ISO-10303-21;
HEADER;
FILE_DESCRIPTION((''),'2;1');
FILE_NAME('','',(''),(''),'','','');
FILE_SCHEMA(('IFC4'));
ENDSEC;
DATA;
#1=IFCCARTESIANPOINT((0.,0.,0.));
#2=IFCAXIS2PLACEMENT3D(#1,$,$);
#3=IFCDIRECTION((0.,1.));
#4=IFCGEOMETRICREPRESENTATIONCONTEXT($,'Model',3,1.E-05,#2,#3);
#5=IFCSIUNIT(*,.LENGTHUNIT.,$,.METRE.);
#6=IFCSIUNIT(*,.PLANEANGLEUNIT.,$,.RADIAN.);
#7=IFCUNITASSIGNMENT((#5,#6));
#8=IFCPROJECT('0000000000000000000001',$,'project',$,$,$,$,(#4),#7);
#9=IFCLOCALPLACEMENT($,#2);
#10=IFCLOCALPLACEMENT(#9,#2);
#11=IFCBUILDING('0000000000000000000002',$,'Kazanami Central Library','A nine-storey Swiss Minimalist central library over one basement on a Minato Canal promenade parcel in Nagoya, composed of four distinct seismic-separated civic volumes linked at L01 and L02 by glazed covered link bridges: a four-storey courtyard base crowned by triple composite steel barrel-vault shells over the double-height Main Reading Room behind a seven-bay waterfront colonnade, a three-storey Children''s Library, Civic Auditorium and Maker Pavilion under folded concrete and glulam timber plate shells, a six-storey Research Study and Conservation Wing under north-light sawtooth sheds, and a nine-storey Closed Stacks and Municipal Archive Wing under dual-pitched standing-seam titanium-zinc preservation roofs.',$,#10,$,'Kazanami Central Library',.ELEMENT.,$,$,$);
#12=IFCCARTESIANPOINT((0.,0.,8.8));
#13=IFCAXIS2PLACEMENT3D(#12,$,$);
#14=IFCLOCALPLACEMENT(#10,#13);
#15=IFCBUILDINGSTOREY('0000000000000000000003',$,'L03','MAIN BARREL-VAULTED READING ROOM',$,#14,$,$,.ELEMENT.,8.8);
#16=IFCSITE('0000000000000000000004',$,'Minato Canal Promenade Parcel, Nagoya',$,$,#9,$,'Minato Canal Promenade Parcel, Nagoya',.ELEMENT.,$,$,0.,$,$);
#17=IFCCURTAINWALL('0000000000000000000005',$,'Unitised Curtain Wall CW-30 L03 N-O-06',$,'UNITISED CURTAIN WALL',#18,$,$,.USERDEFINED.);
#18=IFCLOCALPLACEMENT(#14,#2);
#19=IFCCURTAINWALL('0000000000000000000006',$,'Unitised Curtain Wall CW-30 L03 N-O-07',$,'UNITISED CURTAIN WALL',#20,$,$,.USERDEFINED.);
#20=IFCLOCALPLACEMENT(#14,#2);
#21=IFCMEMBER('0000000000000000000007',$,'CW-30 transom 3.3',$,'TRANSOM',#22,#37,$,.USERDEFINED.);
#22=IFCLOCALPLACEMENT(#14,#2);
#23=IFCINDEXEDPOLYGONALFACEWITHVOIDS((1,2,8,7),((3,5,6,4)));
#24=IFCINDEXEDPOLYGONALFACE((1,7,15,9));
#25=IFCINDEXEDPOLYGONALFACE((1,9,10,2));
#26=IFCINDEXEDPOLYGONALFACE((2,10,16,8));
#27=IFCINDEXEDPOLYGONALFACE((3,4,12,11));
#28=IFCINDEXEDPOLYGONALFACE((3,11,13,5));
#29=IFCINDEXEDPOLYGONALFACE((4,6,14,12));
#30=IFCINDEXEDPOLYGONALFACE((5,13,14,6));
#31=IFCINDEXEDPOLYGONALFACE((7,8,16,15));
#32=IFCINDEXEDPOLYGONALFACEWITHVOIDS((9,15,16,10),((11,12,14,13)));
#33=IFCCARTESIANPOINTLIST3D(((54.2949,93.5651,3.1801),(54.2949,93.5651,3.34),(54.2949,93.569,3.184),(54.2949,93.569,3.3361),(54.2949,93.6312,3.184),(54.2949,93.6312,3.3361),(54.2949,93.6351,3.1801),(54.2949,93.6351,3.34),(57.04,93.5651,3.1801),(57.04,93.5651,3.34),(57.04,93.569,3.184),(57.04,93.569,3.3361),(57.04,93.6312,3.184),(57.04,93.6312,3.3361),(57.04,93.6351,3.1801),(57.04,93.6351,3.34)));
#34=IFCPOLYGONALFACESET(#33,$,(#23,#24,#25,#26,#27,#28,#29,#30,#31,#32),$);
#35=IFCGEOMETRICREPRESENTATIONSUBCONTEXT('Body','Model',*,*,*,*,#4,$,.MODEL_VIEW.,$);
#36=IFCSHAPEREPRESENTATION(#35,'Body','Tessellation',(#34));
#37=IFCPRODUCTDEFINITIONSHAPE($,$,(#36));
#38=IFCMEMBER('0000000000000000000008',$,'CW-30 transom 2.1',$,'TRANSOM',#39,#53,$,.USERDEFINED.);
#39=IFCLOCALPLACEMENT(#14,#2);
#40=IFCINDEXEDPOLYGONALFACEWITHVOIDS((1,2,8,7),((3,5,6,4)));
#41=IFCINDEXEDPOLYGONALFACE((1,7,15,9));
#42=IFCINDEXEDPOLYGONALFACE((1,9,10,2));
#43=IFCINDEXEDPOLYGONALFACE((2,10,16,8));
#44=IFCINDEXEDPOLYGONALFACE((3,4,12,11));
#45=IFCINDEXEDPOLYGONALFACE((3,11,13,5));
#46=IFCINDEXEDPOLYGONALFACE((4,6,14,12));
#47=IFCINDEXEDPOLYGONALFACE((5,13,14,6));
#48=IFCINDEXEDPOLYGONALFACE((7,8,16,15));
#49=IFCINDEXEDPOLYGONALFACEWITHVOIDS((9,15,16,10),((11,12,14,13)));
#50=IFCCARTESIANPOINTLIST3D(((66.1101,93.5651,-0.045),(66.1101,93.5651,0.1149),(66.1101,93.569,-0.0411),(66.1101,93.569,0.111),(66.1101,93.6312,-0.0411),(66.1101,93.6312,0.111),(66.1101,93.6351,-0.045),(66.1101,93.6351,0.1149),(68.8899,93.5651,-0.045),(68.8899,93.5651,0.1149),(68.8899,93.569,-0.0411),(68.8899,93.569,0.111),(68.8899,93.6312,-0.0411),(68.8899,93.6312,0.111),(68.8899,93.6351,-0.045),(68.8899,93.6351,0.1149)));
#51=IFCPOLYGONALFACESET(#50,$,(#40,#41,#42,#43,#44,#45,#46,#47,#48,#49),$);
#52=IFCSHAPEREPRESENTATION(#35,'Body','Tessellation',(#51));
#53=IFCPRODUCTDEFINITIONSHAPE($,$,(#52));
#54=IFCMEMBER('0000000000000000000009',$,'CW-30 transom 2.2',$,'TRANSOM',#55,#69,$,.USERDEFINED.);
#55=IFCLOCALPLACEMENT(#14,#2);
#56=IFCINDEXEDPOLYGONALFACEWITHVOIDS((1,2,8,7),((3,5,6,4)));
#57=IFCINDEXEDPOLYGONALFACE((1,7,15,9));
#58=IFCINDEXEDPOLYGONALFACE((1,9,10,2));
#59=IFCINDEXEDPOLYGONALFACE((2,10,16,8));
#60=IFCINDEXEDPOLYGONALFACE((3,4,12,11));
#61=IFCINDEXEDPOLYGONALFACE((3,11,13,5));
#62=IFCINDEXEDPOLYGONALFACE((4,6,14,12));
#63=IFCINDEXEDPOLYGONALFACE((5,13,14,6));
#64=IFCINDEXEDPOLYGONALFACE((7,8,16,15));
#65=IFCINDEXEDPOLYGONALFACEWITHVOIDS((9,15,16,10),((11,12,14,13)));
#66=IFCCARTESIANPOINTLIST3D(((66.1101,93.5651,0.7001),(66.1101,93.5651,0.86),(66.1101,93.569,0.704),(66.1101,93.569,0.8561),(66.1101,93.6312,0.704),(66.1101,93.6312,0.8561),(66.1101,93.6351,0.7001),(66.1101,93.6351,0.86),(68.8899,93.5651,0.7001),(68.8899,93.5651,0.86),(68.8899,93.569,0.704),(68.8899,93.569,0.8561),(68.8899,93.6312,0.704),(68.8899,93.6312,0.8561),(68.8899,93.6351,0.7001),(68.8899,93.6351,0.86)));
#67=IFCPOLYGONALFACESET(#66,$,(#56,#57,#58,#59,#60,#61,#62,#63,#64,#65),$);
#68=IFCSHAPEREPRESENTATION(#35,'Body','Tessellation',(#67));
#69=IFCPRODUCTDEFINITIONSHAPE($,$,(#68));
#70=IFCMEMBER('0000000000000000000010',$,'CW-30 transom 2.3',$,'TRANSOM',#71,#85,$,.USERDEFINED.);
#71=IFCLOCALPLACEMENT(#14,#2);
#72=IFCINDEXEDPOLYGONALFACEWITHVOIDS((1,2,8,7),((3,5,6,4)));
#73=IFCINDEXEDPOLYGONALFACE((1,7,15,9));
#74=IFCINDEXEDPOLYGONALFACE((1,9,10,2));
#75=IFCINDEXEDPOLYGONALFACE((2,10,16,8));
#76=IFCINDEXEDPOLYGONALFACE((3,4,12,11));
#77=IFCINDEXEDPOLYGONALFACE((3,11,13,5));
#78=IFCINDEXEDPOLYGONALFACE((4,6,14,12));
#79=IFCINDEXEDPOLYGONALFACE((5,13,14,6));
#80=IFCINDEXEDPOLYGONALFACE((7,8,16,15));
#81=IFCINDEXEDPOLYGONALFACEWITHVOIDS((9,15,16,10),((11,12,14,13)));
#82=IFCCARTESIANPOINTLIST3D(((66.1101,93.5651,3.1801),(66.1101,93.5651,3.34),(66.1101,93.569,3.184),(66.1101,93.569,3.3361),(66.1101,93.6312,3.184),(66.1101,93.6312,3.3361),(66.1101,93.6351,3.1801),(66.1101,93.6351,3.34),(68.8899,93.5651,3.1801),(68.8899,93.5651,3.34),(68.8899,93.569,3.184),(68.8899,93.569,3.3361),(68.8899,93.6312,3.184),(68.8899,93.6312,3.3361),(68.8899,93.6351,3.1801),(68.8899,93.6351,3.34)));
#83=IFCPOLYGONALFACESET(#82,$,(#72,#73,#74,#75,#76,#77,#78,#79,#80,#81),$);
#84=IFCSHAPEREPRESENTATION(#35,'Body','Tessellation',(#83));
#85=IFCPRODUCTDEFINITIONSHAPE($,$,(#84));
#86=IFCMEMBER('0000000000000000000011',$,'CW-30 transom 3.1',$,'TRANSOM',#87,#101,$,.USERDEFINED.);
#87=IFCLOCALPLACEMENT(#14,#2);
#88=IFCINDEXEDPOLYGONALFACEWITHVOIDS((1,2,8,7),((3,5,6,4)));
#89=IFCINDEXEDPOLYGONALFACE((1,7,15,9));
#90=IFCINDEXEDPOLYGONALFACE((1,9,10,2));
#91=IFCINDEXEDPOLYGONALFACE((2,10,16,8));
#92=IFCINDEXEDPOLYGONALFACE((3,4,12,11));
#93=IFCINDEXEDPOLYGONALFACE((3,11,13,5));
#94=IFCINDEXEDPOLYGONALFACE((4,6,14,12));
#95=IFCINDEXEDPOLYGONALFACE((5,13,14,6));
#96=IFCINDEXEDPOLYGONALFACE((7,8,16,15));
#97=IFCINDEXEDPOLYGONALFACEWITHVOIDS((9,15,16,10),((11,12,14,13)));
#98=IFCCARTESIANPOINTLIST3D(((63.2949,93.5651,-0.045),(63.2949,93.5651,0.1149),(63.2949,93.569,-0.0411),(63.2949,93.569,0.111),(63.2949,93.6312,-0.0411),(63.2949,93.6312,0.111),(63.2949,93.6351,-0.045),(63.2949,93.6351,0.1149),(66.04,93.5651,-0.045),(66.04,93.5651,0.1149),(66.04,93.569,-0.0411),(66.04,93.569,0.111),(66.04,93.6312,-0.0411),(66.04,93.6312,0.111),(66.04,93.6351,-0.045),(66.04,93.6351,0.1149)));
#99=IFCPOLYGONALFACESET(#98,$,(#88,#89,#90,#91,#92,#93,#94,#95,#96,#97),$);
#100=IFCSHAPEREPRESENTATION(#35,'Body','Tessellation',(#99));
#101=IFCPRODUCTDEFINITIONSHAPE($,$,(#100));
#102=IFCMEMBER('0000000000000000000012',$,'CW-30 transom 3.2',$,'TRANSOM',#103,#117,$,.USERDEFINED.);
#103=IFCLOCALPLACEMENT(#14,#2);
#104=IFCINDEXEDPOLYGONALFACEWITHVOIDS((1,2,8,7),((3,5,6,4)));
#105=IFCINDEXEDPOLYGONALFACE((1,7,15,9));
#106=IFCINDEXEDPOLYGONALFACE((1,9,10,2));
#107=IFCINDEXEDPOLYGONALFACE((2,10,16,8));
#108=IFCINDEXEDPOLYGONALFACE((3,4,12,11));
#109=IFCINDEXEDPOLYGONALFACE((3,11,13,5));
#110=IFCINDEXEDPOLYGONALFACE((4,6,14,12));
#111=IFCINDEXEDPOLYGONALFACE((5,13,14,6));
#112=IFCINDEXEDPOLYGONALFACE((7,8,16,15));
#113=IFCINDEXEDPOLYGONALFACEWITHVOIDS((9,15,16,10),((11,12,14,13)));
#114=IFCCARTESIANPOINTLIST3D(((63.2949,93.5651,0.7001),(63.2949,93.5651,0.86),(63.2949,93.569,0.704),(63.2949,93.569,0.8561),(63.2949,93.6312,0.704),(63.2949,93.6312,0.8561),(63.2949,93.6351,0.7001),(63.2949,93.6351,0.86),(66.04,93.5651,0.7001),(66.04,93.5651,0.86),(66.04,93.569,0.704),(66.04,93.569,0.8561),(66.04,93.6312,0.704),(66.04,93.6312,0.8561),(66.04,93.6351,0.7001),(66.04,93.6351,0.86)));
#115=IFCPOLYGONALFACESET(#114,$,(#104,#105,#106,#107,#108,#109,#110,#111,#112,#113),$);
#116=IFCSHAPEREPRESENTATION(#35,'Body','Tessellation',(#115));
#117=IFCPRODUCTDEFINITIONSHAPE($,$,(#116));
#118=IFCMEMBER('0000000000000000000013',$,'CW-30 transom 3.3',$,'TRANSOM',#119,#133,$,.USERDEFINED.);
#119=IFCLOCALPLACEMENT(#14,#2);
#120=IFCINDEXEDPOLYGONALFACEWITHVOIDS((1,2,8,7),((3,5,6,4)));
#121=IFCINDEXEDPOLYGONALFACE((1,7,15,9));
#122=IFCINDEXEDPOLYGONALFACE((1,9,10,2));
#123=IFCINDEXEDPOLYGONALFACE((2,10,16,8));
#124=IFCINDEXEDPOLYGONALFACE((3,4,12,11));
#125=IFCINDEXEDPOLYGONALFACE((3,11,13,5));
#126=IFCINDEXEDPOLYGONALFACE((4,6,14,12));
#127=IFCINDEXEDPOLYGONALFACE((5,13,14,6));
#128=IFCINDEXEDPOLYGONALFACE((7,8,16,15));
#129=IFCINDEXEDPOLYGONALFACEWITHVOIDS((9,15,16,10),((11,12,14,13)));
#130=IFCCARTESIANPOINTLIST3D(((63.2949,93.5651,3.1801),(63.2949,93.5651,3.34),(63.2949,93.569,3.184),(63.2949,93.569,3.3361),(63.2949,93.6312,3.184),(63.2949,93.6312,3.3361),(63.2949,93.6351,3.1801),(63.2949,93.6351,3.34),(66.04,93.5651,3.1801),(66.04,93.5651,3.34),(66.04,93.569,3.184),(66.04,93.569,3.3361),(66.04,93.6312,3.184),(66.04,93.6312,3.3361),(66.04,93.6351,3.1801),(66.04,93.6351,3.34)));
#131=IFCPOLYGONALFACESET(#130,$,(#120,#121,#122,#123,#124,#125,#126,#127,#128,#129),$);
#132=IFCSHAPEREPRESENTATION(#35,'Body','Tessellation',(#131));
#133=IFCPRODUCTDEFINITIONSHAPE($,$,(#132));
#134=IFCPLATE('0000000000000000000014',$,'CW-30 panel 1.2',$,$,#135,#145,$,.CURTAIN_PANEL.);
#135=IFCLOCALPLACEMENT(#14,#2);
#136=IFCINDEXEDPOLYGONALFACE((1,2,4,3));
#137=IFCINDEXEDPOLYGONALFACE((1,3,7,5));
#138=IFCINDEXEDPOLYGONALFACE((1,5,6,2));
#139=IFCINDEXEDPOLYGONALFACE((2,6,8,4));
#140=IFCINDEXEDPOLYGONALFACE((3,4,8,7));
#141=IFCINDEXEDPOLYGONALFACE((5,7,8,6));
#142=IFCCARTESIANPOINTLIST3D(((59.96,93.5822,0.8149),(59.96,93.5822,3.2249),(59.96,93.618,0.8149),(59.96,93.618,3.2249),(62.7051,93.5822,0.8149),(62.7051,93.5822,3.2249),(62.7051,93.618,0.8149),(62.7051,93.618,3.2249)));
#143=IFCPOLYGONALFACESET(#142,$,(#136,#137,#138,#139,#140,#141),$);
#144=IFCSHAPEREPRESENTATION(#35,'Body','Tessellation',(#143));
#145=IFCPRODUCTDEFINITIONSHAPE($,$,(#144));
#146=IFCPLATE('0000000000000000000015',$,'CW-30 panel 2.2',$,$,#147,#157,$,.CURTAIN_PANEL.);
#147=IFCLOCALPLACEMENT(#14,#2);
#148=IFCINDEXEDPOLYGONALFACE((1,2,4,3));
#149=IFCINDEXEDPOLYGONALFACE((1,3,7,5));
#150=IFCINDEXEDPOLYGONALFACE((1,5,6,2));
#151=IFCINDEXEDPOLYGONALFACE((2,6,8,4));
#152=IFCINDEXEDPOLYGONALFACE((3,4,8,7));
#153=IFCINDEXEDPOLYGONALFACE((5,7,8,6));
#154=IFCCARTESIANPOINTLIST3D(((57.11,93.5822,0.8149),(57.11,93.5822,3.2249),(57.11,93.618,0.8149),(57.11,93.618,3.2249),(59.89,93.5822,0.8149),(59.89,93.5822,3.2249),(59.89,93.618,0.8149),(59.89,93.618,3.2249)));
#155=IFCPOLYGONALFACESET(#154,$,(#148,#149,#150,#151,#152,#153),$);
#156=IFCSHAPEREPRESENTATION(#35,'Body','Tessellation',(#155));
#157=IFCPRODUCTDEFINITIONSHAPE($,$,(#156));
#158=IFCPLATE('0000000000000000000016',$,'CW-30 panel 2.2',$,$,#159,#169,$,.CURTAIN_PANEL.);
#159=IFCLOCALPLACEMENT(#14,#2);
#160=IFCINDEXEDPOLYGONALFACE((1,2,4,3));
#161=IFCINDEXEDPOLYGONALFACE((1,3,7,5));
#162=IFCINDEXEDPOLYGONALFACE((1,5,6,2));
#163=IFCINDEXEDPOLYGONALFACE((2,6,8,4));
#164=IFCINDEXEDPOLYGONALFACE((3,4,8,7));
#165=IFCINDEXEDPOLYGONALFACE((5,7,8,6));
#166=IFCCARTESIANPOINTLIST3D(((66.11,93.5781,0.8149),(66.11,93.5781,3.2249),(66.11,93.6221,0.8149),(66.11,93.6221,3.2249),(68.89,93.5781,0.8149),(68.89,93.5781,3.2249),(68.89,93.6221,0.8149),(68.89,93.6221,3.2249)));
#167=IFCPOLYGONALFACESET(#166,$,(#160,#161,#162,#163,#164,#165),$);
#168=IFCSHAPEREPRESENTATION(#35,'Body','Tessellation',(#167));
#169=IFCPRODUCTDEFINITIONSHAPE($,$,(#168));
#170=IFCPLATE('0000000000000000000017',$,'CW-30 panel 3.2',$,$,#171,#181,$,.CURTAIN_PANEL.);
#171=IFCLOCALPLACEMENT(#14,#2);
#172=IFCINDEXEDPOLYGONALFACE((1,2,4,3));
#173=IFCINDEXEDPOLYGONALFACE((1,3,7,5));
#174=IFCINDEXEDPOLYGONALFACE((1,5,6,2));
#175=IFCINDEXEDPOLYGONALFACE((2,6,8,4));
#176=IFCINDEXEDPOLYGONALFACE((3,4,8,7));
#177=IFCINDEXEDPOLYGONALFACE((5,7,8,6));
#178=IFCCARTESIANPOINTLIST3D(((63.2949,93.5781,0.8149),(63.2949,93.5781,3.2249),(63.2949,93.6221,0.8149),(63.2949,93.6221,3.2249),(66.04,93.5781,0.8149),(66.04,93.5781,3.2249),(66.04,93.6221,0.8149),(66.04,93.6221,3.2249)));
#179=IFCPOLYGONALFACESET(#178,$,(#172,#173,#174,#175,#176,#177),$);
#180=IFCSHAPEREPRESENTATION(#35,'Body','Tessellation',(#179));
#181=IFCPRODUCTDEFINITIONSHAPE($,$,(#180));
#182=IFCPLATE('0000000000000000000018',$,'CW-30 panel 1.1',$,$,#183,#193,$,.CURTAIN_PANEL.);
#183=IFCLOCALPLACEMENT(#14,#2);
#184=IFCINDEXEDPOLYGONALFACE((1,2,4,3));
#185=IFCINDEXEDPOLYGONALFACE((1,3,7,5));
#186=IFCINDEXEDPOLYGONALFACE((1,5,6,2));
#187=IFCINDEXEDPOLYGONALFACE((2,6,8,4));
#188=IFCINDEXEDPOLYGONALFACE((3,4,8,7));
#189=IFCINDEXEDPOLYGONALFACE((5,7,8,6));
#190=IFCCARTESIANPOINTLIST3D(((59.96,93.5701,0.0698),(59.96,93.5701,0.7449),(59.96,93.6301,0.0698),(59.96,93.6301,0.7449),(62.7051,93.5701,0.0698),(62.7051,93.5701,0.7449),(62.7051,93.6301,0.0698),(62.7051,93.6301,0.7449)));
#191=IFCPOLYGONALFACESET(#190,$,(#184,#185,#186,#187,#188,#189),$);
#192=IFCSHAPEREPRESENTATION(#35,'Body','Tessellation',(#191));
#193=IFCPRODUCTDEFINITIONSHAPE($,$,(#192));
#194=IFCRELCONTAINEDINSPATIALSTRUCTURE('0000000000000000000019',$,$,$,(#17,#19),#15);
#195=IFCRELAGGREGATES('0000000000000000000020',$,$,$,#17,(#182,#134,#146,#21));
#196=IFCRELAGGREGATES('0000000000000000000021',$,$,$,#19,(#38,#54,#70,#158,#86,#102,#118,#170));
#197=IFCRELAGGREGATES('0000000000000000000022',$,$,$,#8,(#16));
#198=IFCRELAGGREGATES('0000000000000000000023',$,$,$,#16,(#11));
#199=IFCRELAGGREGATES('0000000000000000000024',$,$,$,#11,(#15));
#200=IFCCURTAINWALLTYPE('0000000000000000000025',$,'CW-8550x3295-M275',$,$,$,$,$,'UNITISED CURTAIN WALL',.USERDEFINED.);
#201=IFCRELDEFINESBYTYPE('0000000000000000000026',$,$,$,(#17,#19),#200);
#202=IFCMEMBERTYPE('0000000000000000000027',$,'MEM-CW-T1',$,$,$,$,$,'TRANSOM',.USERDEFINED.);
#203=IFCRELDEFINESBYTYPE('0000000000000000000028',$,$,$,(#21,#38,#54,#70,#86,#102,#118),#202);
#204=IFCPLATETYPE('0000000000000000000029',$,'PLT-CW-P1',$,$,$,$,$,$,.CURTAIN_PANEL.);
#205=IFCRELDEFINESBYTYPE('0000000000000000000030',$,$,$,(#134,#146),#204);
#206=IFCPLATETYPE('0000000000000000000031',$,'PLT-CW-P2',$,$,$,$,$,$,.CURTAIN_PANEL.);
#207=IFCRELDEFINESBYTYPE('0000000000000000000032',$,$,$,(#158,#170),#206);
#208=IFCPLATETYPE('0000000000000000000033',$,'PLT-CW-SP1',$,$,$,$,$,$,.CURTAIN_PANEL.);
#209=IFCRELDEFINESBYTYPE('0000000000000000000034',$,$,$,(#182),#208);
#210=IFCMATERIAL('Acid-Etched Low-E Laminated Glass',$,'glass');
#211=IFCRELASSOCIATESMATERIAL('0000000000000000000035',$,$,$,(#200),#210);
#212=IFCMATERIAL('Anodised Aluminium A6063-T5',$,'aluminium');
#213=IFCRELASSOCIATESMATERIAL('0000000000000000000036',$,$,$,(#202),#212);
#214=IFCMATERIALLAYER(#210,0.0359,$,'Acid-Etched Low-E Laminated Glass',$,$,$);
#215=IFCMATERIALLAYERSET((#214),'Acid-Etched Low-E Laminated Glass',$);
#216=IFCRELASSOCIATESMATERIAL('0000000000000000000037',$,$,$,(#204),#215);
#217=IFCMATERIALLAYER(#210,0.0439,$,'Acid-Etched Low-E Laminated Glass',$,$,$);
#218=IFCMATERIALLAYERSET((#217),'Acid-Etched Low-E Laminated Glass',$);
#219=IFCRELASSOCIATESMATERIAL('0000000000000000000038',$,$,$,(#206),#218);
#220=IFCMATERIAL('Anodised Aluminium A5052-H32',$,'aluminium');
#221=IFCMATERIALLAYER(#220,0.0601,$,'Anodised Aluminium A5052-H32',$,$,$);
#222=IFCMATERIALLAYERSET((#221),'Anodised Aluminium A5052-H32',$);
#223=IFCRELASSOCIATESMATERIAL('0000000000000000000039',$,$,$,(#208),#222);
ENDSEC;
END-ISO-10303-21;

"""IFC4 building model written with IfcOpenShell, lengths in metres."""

from ifc_helpers import new_model, si_unit, direction, frame, origin, origin_2d, place, context, subcontext, project, spatial, rectangle, hollow_rectangle, extrude, material, layer, layer_set, material_profile, profile_set, type_object, element, aggregate, save


model = new_model("IFC4")

# Units and contexts
model_context = context("Model", 3, precision=1e-05, world=origin(), true_north=direction((0.0, 1.0)))
body_context = subcontext(model_context, "Body", "Model", "MODEL_VIEW")
ifc_project = project(units=[si_unit("LENGTHUNIT", "METRE"), si_unit("PLANEANGLEUNIT", "RADIAN")], contexts=[model_context])

# Site, building, storey
site_placement = place(None, origin())
site = spatial("IfcSite", under=ifc_project, at=site_placement, Name="Minato Canal Promenade Parcel, Nagoya", LongName="Minato Canal Promenade Parcel, Nagoya", CompositionType="ELEMENT", RefElevation=0.0)
building_placement = place(site_placement, origin())
building = spatial("IfcBuilding", under=site, at=building_placement, Name="Kazanami Central Library", Description="A nine-storey Swiss Minimalist central library over one basement on a Minato Canal promenade parcel in Nagoya, composed of four distinct seismic-separated civic volumes linked at L01 and L02 by glazed covered link bridges: a four-storey courtyard base crowned by triple composite steel barrel-vault shells over the double-height Main Reading Room behind a seven-bay waterfront colonnade, a three-storey Children's Library, Civic Auditorium and Maker Pavilion under folded concrete and glulam timber plate shells, a six-storey Research Study and Conservation Wing under north-light sawtooth sheds, and a nine-storey Closed Stacks and Municipal Archive Wing under dual-pitched standing-seam titanium-zinc preservation roofs.", LongName="Kazanami Central Library", CompositionType="ELEMENT")
storey_placement = place(building_placement, frame((0.0, 0.0, 8.8)))
storey = spatial("IfcBuildingStorey", under=building, at=storey_placement, Name="L03", Description="MAIN BARREL-VAULTED READING ROOM", CompositionType="ELEMENT", Elevation=8.8)

# Curtain walls
ifc_material_1 = material(Name="Acid-Etched Low-E Laminated Glass", Category="glass")
curtain_wall_type = type_object("IfcCurtainWallType", Name="CW-8550x3295-M275", ElementType="UNITISED CURTAIN WALL", PredefinedType="USERDEFINED", material=ifc_material_1)
curtain_wall_1_placement = place(storey_placement, origin())
curtain_wall_1 = element("IfcCurtainWall", 1, at=curtain_wall_1_placement, inside=storey, type_object=curtain_wall_type, Name="Unitised Curtain Wall CW-30 L03 N-O-06", ObjectType="UNITISED CURTAIN WALL", PredefinedType="USERDEFINED")
ifc_material_2 = material(Name="Anodised Aluminium A6063-T5", Category="aluminium")
curtain_wall_2_placement = place(storey_placement, origin())
curtain_wall_2 = element("IfcCurtainWall", 2, at=curtain_wall_2_placement, inside=storey, type_object=curtain_wall_type, Name="Unitised Curtain Wall CW-30 L03 N-O-07", ObjectType="UNITISED CURTAIN WALL", PredefinedType="USERDEFINED")

# Members
ifc_material_profile_1 = material_profile(ifc_material_2, hollow_rectangle(XDim=0.0701, YDim=0.1599, WallThickness=0.0039, at=origin_2d()), Name="ALU-TRAN-70x160x4")
ifc_profile_set_1 = profile_set([ifc_material_profile_1], Name="Anodised Aluminium A6063-T5")
member_type_1 = type_object("IfcMemberType", Name="MEM-CW-T1", ElementType="TRANSOM", PredefinedType="USERDEFINED", material=ifc_profile_set_1)
member_1_placement = place(storey_placement, frame((57.04, 93.6001, 3.26), z_axis=(-1.0, 0.0, 0.0), x_axis=(0.0, -1.0, 0.0)))
member_1 = element("IfcMember", 3, at=member_1_placement, type_object=member_type_1, Name="CW-30 transom 3.3", ObjectType="TRANSOM", PredefinedType="USERDEFINED", context=body_context, shape_type="SweptSolid", body=[
    extrude(hollow_rectangle(XDim=0.0701, YDim=0.1599, WallThickness=0.0039, at=origin_2d()), origin(), (0.0, 0.0, 1.0), 2.7451),
])
member_2_placement = place(storey_placement, frame((68.8899, 93.6001, 0.0349), z_axis=(-1.0, 0.0, 0.0), x_axis=(0.0, -1.0, 0.0)))
member_2 = element("IfcMember", 4, at=member_2_placement, type_object=member_type_1, Name="CW-30 transom 2.1", ObjectType="TRANSOM", PredefinedType="USERDEFINED", context=body_context, shape_type="SweptSolid", body=[
    extrude(hollow_rectangle(XDim=0.0701, YDim=0.1599, WallThickness=0.0039, at=origin_2d()), origin(), (0.0, 0.0, 1.0), 2.7798),
])
member_3_placement = place(storey_placement, frame((68.8899, 93.6001, 0.78), z_axis=(-1.0, 0.0, 0.0), x_axis=(0.0, -1.0, 0.0)))
member_3 = element("IfcMember", 5, at=member_3_placement, type_object=member_type_1, Name="CW-30 transom 2.2", ObjectType="TRANSOM", PredefinedType="USERDEFINED", context=body_context, shape_type="SweptSolid", body=[
    extrude(hollow_rectangle(XDim=0.0701, YDim=0.1599, WallThickness=0.0039, at=origin_2d()), origin(), (0.0, 0.0, 1.0), 2.7798),
])
member_4_placement = place(storey_placement, frame((68.8899, 93.6001, 3.26), z_axis=(-1.0, 0.0, 0.0), x_axis=(0.0, -1.0, 0.0)))
member_4 = element("IfcMember", 6, at=member_4_placement, type_object=member_type_1, Name="CW-30 transom 2.3", ObjectType="TRANSOM", PredefinedType="USERDEFINED", context=body_context, shape_type="SweptSolid", body=[
    extrude(hollow_rectangle(XDim=0.0701, YDim=0.1599, WallThickness=0.0039, at=origin_2d()), origin(), (0.0, 0.0, 1.0), 2.7798),
])
member_5_placement = place(storey_placement, frame((66.04, 93.6001, 0.0349), z_axis=(-1.0, 0.0, 0.0), x_axis=(0.0, -1.0, 0.0)))
member_5 = element("IfcMember", 7, at=member_5_placement, type_object=member_type_1, Name="CW-30 transom 3.1", ObjectType="TRANSOM", PredefinedType="USERDEFINED", context=body_context, shape_type="SweptSolid", body=[
    extrude(hollow_rectangle(XDim=0.0701, YDim=0.1599, WallThickness=0.0039, at=origin_2d()), origin(), (0.0, 0.0, 1.0), 2.7451),
])
member_6_placement = place(storey_placement, frame((66.04, 93.6001, 0.78), z_axis=(-1.0, 0.0, 0.0), x_axis=(0.0, -1.0, 0.0)))
member_6 = element("IfcMember", 8, at=member_6_placement, type_object=member_type_1, Name="CW-30 transom 3.2", ObjectType="TRANSOM", PredefinedType="USERDEFINED", context=body_context, shape_type="SweptSolid", body=[
    extrude(hollow_rectangle(XDim=0.0701, YDim=0.1599, WallThickness=0.0039, at=origin_2d()), origin(), (0.0, 0.0, 1.0), 2.7451),
])
member_7_placement = place(storey_placement, frame((66.04, 93.6001, 3.26), z_axis=(-1.0, 0.0, 0.0), x_axis=(0.0, -1.0, 0.0)))
member_7 = element("IfcMember", 9, at=member_7_placement, type_object=member_type_1, Name="CW-30 transom 3.3", ObjectType="TRANSOM", PredefinedType="USERDEFINED", context=body_context, shape_type="SweptSolid", body=[
    extrude(hollow_rectangle(XDim=0.0701, YDim=0.1599, WallThickness=0.0039, at=origin_2d()), origin(), (0.0, 0.0, 1.0), 2.7451),
])

# Plates
ifc_layer_1 = layer(ifc_material_1, 0.0359, Name="Acid-Etched Low-E Laminated Glass")
ifc_layer_set_1 = layer_set([ifc_layer_1], Name="Acid-Etched Low-E Laminated Glass")
plate_type_1 = type_object("IfcPlateType", Name="PLT-CW-P1", PredefinedType="CURTAIN_PANEL", material=ifc_layer_set_1)
plate_1_placement = place(storey_placement, frame((61.3325, 93.6001, 0.8149), z_axis=(0.0, 0.0, 1.0), x_axis=(-1.0, 0.0, 0.0)))
plate_1 = element("IfcPlate", 10, at=plate_1_placement, type_object=plate_type_1, Name="CW-30 panel 1.2", PredefinedType="CURTAIN_PANEL", context=body_context, shape_type="SweptSolid", body=[
    extrude(rectangle(XDim=2.7451, YDim=0.0359, at=origin_2d()), origin(), (0.0, 0.0, 1.0), 2.4099),
])
plate_2_placement = place(storey_placement, frame((58.5, 93.6001, 0.8149), z_axis=(0.0, 0.0, 1.0), x_axis=(-1.0, 0.0, 0.0)))
plate_2 = element("IfcPlate", 11, at=plate_2_placement, type_object=plate_type_1, Name="CW-30 panel 2.2", PredefinedType="CURTAIN_PANEL", context=body_context, shape_type="SweptSolid", body=[
    extrude(rectangle(XDim=2.78, YDim=0.0359, at=origin_2d()), origin(), (0.0, 0.0, 1.0), 2.4099),
])
ifc_layer_2 = layer(ifc_material_1, 0.0439, Name="Acid-Etched Low-E Laminated Glass")
ifc_layer_set_2 = layer_set([ifc_layer_2], Name="Acid-Etched Low-E Laminated Glass")
plate_type_2 = type_object("IfcPlateType", Name="PLT-CW-P2", PredefinedType="CURTAIN_PANEL", material=ifc_layer_set_2)
plate_3_placement = place(storey_placement, frame((67.5, 93.6001, 0.8149), z_axis=(0.0, 0.0, 1.0), x_axis=(-1.0, 0.0, 0.0)))
plate_3 = element("IfcPlate", 12, at=plate_3_placement, type_object=plate_type_2, Name="CW-30 panel 2.2", PredefinedType="CURTAIN_PANEL", context=body_context, shape_type="SweptSolid", body=[
    extrude(rectangle(XDim=2.78, YDim=0.0439, at=origin_2d()), origin(), (0.0, 0.0, 1.0), 2.4099),
])
plate_4_placement = place(storey_placement, frame((64.6675, 93.6001, 0.8149), z_axis=(0.0, 0.0, 1.0), x_axis=(-1.0, 0.0, 0.0)))
plate_4 = element("IfcPlate", 13, at=plate_4_placement, type_object=plate_type_2, Name="CW-30 panel 3.2", PredefinedType="CURTAIN_PANEL", context=body_context, shape_type="SweptSolid", body=[
    extrude(rectangle(XDim=2.7451, YDim=0.0439, at=origin_2d()), origin(), (0.0, 0.0, 1.0), 2.4099),
])
ifc_material_3 = material(Name="Anodised Aluminium A5052-H32", Category="aluminium")
ifc_layer_3 = layer(ifc_material_3, 0.0601, Name="Anodised Aluminium A5052-H32")
ifc_layer_set_3 = layer_set([ifc_layer_3], Name="Anodised Aluminium A5052-H32")
plate_type_3 = type_object("IfcPlateType", Name="PLT-CW-SP1", PredefinedType="CURTAIN_PANEL", material=ifc_layer_set_3)
plate_5_placement = place(storey_placement, frame((61.3325, 93.6001, 0.0698), z_axis=(0.0, 0.0, 1.0), x_axis=(-1.0, 0.0, 0.0)))
plate_5 = element("IfcPlate", 14, at=plate_5_placement, type_object=plate_type_3, Name="CW-30 panel 1.1", PredefinedType="CURTAIN_PANEL", context=body_context, shape_type="SweptSolid", body=[
    extrude(rectangle(XDim=2.7451, YDim=0.0601, at=origin_2d()), origin(), (0.0, 0.0, 1.0), 0.675),
])
aggregate(curtain_wall_1, [plate_5, plate_1, plate_2, member_1])
aggregate(curtain_wall_2, [member_2, member_3, member_4, plate_3, member_5, member_6, member_7, plate_4])

save(model, "model.ifc")
